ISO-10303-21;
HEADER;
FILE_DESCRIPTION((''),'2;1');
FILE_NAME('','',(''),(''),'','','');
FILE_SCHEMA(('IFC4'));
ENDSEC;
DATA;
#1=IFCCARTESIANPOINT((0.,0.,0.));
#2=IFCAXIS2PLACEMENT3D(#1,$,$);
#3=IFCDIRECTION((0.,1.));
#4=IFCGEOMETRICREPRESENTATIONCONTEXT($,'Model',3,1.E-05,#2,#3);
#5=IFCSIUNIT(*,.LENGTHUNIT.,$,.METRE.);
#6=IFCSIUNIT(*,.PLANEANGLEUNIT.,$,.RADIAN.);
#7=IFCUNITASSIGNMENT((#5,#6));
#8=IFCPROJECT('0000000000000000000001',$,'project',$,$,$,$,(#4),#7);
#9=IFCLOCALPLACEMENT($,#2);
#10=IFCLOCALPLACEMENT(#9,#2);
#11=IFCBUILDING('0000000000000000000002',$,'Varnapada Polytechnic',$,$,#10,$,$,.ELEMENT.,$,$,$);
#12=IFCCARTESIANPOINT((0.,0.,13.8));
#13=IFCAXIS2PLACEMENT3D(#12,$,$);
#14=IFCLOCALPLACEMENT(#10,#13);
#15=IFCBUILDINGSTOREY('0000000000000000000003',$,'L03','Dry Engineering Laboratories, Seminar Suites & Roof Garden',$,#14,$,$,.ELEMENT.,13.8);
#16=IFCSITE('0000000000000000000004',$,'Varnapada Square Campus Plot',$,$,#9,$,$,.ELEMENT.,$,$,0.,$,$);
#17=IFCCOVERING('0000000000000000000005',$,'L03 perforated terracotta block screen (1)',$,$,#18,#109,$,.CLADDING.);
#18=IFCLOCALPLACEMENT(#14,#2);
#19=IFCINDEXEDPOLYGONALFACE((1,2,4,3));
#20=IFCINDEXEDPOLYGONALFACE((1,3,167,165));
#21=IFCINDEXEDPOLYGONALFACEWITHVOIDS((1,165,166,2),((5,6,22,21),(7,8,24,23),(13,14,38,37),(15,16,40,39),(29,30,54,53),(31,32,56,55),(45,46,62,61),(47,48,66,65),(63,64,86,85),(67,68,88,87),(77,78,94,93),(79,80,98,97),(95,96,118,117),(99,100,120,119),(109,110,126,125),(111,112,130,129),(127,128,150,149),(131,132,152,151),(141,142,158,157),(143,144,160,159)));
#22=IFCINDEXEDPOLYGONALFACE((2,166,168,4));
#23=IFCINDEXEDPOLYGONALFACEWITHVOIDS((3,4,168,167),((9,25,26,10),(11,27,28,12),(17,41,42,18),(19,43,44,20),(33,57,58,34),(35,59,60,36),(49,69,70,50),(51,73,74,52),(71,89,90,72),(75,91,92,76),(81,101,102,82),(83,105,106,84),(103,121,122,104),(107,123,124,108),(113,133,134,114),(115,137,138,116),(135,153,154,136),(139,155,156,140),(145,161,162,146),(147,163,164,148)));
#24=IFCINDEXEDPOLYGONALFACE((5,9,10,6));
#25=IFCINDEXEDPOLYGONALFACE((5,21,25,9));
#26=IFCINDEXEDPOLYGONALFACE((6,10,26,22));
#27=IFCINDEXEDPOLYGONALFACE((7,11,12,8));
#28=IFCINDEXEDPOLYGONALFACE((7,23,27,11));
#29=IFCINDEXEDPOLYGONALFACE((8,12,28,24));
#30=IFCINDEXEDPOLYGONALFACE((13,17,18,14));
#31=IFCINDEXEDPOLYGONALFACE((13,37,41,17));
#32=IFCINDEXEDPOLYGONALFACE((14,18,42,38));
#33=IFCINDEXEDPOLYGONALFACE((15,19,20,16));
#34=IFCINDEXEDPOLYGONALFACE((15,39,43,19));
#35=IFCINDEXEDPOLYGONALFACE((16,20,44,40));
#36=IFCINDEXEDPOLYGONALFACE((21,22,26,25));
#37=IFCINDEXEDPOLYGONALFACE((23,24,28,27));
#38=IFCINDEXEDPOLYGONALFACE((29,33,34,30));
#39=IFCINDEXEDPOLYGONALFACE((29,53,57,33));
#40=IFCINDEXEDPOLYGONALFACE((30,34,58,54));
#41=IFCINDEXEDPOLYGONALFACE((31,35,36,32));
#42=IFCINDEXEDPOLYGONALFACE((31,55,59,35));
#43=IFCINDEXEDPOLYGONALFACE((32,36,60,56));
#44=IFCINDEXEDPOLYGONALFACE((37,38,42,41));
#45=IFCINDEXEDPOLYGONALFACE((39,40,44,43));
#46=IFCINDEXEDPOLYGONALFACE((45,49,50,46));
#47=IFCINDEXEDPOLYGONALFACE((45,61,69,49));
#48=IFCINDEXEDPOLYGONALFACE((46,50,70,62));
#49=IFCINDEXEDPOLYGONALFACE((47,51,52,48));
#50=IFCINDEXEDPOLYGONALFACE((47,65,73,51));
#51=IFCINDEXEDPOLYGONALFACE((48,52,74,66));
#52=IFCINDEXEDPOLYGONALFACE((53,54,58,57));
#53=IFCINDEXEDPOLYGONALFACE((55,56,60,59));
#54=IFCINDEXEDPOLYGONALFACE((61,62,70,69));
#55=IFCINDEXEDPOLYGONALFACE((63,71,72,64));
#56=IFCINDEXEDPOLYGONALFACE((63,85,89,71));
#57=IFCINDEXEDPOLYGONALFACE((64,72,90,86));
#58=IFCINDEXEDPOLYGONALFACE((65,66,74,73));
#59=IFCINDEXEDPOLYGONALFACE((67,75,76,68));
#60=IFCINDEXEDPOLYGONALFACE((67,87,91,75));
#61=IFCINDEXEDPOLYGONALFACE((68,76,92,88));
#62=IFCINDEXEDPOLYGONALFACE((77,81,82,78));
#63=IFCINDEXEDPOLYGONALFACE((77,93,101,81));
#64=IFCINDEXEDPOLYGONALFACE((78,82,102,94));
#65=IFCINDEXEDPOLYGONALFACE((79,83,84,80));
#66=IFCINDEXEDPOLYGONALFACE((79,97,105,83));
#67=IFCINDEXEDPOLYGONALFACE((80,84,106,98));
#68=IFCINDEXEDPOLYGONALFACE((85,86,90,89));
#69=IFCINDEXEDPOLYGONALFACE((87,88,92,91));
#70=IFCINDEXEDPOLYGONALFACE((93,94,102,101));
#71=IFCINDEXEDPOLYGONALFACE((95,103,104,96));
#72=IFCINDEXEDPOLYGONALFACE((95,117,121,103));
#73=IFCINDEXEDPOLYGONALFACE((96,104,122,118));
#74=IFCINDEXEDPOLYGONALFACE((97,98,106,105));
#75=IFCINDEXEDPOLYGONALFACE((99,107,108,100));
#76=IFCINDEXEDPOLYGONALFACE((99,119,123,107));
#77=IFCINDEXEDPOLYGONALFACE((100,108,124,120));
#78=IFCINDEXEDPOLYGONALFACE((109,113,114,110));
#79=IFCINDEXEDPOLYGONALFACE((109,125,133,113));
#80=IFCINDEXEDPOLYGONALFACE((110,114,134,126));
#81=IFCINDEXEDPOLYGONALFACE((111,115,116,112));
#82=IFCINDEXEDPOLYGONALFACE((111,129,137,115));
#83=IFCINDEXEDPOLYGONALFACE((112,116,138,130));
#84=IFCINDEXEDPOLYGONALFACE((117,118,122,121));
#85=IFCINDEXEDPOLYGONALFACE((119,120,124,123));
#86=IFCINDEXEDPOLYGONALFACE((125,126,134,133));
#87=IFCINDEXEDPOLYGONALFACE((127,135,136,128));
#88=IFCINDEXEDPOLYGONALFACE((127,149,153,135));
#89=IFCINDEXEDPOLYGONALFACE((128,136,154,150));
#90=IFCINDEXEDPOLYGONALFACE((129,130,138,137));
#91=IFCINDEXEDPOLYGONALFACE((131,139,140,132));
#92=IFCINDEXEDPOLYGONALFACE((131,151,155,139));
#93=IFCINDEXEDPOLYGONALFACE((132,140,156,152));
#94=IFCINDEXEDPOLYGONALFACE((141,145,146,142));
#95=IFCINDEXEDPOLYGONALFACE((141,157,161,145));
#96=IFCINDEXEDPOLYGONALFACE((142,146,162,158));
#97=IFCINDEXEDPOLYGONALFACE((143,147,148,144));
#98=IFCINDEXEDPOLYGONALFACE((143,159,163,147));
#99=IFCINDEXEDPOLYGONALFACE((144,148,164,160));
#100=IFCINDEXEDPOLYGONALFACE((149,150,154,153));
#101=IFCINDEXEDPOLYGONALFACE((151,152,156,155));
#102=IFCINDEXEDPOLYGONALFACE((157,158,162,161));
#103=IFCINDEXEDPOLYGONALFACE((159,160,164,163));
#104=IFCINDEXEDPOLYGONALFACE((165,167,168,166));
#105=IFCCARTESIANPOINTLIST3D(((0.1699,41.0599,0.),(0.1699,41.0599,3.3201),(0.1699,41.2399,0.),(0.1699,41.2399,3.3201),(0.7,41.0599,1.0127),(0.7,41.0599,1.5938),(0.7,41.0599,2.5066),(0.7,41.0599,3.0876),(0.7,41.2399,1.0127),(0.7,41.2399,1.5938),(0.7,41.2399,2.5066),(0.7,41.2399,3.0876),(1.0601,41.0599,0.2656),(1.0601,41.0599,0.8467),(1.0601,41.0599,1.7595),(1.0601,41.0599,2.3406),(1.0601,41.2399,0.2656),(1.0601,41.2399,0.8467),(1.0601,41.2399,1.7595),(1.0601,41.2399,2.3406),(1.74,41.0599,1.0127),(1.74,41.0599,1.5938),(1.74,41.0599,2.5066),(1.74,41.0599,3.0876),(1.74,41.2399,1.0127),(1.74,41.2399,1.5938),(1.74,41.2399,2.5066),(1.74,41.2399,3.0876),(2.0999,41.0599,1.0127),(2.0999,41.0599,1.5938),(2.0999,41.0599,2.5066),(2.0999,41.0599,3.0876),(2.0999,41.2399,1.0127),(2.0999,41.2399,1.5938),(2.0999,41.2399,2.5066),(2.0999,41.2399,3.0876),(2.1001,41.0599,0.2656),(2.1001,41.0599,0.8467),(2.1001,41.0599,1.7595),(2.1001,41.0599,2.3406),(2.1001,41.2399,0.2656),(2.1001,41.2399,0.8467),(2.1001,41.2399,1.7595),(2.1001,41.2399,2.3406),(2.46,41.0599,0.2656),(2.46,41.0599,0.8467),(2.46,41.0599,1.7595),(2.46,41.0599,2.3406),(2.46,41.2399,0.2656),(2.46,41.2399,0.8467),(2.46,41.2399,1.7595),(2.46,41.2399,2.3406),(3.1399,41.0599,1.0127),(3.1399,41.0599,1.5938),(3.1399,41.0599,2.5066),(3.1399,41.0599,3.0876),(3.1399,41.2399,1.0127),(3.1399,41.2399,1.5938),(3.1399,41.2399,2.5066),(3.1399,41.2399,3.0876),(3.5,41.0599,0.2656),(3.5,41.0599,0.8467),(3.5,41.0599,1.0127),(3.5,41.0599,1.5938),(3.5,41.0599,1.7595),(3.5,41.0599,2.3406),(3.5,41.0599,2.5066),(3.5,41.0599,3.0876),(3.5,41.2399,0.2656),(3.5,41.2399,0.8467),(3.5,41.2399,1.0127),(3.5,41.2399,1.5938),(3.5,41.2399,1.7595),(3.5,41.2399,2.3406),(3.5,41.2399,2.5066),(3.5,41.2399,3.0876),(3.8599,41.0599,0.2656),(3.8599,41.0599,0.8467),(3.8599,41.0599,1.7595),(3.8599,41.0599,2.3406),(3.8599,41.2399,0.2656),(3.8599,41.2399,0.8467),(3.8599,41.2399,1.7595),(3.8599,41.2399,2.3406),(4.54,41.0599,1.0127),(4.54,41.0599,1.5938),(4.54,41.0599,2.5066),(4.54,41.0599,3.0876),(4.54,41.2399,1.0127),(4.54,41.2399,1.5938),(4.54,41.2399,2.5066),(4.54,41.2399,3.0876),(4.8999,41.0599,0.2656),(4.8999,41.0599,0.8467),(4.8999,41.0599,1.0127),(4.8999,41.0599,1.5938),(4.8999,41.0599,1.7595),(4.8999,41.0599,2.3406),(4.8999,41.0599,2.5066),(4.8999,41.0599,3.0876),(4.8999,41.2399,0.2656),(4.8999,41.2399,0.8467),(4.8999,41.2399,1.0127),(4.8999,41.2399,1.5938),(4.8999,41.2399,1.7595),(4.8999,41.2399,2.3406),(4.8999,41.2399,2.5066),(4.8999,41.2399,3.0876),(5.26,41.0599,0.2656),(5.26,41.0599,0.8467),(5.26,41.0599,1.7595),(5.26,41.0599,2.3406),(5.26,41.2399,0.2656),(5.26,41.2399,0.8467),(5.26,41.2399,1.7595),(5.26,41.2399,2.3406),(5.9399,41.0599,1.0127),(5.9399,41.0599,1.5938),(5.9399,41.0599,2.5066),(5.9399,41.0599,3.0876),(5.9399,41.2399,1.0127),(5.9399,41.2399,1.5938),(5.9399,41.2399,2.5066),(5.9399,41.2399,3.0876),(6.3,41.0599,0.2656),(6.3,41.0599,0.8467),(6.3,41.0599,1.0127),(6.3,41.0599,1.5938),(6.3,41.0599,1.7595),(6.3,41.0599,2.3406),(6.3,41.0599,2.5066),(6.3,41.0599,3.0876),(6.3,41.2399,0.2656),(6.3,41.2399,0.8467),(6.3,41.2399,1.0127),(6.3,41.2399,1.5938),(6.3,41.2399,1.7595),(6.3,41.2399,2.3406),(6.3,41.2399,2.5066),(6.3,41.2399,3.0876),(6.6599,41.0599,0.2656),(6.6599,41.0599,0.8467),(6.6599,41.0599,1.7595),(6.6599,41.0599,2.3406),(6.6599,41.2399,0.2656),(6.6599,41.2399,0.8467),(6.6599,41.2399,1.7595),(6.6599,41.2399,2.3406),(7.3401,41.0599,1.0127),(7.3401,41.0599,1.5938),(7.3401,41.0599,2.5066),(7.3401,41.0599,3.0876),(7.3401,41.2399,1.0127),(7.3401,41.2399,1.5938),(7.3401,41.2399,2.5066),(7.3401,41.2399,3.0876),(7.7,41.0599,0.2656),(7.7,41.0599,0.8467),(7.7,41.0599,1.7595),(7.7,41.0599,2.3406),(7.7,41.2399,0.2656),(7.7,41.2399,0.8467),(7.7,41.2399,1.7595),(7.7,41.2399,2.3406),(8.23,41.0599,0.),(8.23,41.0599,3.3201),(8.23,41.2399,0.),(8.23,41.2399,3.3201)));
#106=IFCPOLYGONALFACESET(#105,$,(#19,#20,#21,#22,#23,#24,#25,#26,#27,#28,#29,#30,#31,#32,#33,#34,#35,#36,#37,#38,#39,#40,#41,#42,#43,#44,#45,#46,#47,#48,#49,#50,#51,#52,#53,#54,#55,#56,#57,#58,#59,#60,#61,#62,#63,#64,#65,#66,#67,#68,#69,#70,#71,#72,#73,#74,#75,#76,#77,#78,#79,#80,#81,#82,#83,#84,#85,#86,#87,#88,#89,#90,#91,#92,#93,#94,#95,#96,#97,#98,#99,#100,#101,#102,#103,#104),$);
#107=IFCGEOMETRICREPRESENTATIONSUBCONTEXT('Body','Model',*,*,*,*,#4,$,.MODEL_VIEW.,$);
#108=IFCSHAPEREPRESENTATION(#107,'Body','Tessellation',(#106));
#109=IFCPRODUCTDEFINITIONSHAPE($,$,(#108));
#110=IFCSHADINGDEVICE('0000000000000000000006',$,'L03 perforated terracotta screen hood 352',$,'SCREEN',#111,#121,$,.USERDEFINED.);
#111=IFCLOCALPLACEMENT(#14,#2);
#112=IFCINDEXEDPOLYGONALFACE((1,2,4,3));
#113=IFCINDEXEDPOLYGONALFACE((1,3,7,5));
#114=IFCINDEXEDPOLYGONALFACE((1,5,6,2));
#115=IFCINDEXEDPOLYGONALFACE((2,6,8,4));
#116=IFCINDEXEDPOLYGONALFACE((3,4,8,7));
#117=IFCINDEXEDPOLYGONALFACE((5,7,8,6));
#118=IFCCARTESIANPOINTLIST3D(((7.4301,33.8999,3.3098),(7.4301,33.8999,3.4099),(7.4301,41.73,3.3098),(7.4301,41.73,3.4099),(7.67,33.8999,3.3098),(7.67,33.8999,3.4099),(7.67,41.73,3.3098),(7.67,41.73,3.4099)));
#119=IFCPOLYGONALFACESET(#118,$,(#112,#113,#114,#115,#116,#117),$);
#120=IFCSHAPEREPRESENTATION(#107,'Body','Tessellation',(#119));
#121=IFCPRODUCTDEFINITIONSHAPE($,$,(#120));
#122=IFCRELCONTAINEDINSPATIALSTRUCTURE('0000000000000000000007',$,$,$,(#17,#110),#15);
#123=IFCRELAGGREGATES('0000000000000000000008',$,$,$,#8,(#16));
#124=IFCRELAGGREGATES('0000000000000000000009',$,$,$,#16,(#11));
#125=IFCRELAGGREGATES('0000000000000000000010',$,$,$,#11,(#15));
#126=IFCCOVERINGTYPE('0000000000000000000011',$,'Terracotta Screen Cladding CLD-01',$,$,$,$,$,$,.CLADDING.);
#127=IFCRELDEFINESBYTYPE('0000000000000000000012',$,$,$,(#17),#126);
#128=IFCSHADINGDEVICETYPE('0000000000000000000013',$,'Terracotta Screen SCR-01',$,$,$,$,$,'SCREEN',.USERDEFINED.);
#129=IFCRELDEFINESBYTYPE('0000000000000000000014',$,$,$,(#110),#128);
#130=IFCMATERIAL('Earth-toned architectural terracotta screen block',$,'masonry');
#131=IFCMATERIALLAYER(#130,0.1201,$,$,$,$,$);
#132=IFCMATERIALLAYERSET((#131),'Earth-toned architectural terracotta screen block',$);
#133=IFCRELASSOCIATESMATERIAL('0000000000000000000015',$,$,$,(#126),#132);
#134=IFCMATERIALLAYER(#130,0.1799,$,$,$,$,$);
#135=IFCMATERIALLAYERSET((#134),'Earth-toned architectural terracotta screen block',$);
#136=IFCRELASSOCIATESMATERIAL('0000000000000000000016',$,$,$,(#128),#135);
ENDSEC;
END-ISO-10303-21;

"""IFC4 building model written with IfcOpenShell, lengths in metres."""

from ifc_helpers import new_model, si_unit, direction, frame, frame_2d, origin, origin_2d, place, context, subcontext, project, spatial, rectangle, extrude, material, layer, layer_set, type_object, element, save


model = new_model("IFC4")

# Units and contexts
model_context = context("Model", 3, precision=1e-05, world=origin(), true_north=direction((0.0, 1.0)))
body_context = subcontext(model_context, "Body", "Model", "MODEL_VIEW")
ifc_project = project(units=[si_unit("LENGTHUNIT", "METRE"), si_unit("PLANEANGLEUNIT", "RADIAN")], contexts=[model_context])

# Site, building, storey
site_placement = place(None, origin())
site = spatial("IfcSite", under=ifc_project, at=site_placement, Name="Varnapada Square Campus Plot", CompositionType="ELEMENT", RefElevation=0.0)
building_placement = place(site_placement, origin())
building = spatial("IfcBuilding", under=site, at=building_placement, Name="Varnapada Polytechnic", CompositionType="ELEMENT")
storey_placement = place(building_placement, frame((0.0, 0.0, 13.8)))
storey = spatial("IfcBuildingStorey", under=building, at=storey_placement, Name="L03", Description="Dry Engineering Laboratories, Seminar Suites & Roof Garden", CompositionType="ELEMENT", Elevation=13.8)

# Covering, openings
ifc_material_1 = material(Name="Earth-toned architectural terracotta screen block", Category="masonry")
ifc_layer_1 = layer(ifc_material_1, 0.1201)
ifc_layer_set_1 = layer_set([ifc_layer_1], Name="Earth-toned architectural terracotta screen block")
covering_type_1 = type_object("IfcCoveringType", Name="Terracotta Screen Cladding CLD-01", PredefinedType="CLADDING", material=ifc_layer_set_1)
covering_1_placement = place(storey_placement, frame((8.23, 41.1499, 0.0), z_axis=(0.0, 0.0, 1.0), x_axis=(-1.0, 0.0, 0.0)))
covering_1 = element("IfcCovering", 1, at=covering_1_placement, inside=storey, type_object=covering_type_1, Name="L03 perforated terracotta block screen (1)", PredefinedType="CLADDING", context=body_context, shape_type="SweptSolid", body=[
    extrude(rectangle(XDim=8.0601, YDim=0.1799, at=frame_2d((4.03, 0.0))), origin(), (0.0, 0.0, 1.0), 3.3201),
])
opening_1_placement = place(covering_1_placement, frame((0.53, 0.0, 0.2656)))
element("IfcOpeningElement", 2, at=opening_1_placement, cuts=covering_1, PredefinedType="OPENING", context=body_context, shape_type="SweptSolid", body=[
    extrude(rectangle(XDim=1.04, YDim=0.5811, at=frame_2d((0.52, 0.2905))), frame((0.0, 0.0999, 0.0), z_axis=(0.0, -1.0, 0.0), x_axis=(1.0, 0.0, 0.0)), (0.0, 0.0, 1.0), 0.2),
])
opening_2_placement = place(covering_1_placement, frame((1.9299, 0.0, 0.2656)))
element("IfcOpeningElement", 3, at=opening_2_placement, cuts=covering_1, PredefinedType="OPENING", context=body_context, shape_type="SweptSolid", body=[
    extrude(rectangle(XDim=1.04, YDim=0.5811, at=frame_2d((0.52, 0.2905))), frame((0.0, 0.0999, 0.0), z_axis=(0.0, -1.0, 0.0), x_axis=(1.0, 0.0, 0.0)), (0.0, 0.0, 1.0), 0.2),
])
opening_3_placement = place(covering_1_placement, frame((3.3301, 0.0, 0.2656)))
element("IfcOpeningElement", 4, at=opening_3_placement, cuts=covering_1, PredefinedType="OPENING", context=body_context, shape_type="SweptSolid", body=[
    extrude(rectangle(XDim=1.04, YDim=0.5811, at=frame_2d((0.52, 0.2905))), frame((0.0, 0.0999, 0.0), z_axis=(0.0, -1.0, 0.0), x_axis=(1.0, 0.0, 0.0)), (0.0, 0.0, 1.0), 0.2),
])
opening_4_placement = place(covering_1_placement, frame((4.73, 0.0, 0.2656)))
element("IfcOpeningElement", 5, at=opening_4_placement, cuts=covering_1, PredefinedType="OPENING", context=body_context, shape_type="SweptSolid", body=[
    extrude(rectangle(XDim=1.04, YDim=0.5811, at=frame_2d((0.52, 0.2905))), frame((0.0, 0.0999, 0.0), z_axis=(0.0, -1.0, 0.0), x_axis=(1.0, 0.0, 0.0)), (0.0, 0.0, 1.0), 0.2),
])
opening_5_placement = place(covering_1_placement, frame((6.1299, 0.0, 0.2656)))
element("IfcOpeningElement", 6, at=opening_5_placement, cuts=covering_1, PredefinedType="OPENING", context=body_context, shape_type="SweptSolid", body=[
    extrude(rectangle(XDim=1.04, YDim=0.5811, at=frame_2d((0.52, 0.2905))), frame((0.0, 0.0999, 0.0), z_axis=(0.0, -1.0, 0.0), x_axis=(1.0, 0.0, 0.0)), (0.0, 0.0, 1.0), 0.2),
])
opening_6_placement = place(covering_1_placement, frame((0.8899, 0.0, 1.0127)))
element("IfcOpeningElement", 7, at=opening_6_placement, cuts=covering_1, PredefinedType="OPENING", context=body_context, shape_type="SweptSolid", body=[
    extrude(rectangle(XDim=1.04, YDim=0.5811, at=frame_2d((0.52, 0.2905))), frame((0.0, 0.0999, 0.0), z_axis=(0.0, -1.0, 0.0), x_axis=(1.0, 0.0, 0.0)), (0.0, 0.0, 1.0), 0.2),
])
opening_7_placement = place(covering_1_placement, frame((2.29, 0.0, 1.0127)))
element("IfcOpeningElement", 8, at=opening_7_placement, cuts=covering_1, PredefinedType="OPENING", context=body_context, shape_type="SweptSolid", body=[
    extrude(rectangle(XDim=1.04, YDim=0.5811, at=frame_2d((0.52, 0.2905))), frame((0.0, 0.0999, 0.0), z_axis=(0.0, -1.0, 0.0), x_axis=(1.0, 0.0, 0.0)), (0.0, 0.0, 1.0), 0.2),
])
opening_8_placement = place(covering_1_placement, frame((3.6899, 0.0, 1.0127)))
element("IfcOpeningElement", 9, at=opening_8_placement, cuts=covering_1, PredefinedType="OPENING", context=body_context, shape_type="SweptSolid", body=[
    extrude(rectangle(XDim=1.04, YDim=0.5811, at=frame_2d((0.52, 0.2905))), frame((0.0, 0.0999, 0.0), z_axis=(0.0, -1.0, 0.0), x_axis=(1.0, 0.0, 0.0)), (0.0, 0.0, 1.0), 0.2),
])
opening_9_placement = place(covering_1_placement, frame((5.0901, 0.0, 1.0127)))
element("IfcOpeningElement", 10, at=opening_9_placement, cuts=covering_1, PredefinedType="OPENING", context=body_context, shape_type="SweptSolid", body=[
    extrude(rectangle(XDim=1.04, YDim=0.5811, at=frame_2d((0.52, 0.2905))), frame((0.0, 0.0999, 0.0), z_axis=(0.0, -1.0, 0.0), x_axis=(1.0, 0.0, 0.0)), (0.0, 0.0, 1.0), 0.2),
])
opening_10_placement = place(covering_1_placement, frame((6.49, 0.0, 1.0127)))
element("IfcOpeningElement", 11, at=opening_10_placement, cuts=covering_1, PredefinedType="OPENING", context=body_context, shape_type="SweptSolid", body=[
    extrude(rectangle(XDim=1.04, YDim=0.5811, at=frame_2d((0.52, 0.2905))), frame((0.0, 0.0999, 0.0), z_axis=(0.0, -1.0, 0.0), x_axis=(1.0, 0.0, 0.0)), (0.0, 0.0, 1.0), 0.2),
])
opening_11_placement = place(covering_1_placement, frame((0.53, 0.0, 1.7595)))
element("IfcOpeningElement", 12, at=opening_11_placement, cuts=covering_1, PredefinedType="OPENING", context=body_context, shape_type="SweptSolid", body=[
    extrude(rectangle(XDim=1.04, YDim=0.5811, at=frame_2d((0.52, 0.2905))), frame((0.0, 0.0999, 0.0), z_axis=(0.0, -1.0, 0.0), x_axis=(1.0, 0.0, 0.0)), (0.0, 0.0, 1.0), 0.2),
])
opening_12_placement = place(covering_1_placement, frame((1.9299, 0.0, 1.7595)))
element("IfcOpeningElement", 13, at=opening_12_placement, cuts=covering_1, PredefinedType="OPENING", context=body_context, shape_type="SweptSolid", body=[
    extrude(rectangle(XDim=1.04, YDim=0.5811, at=frame_2d((0.52, 0.2905))), frame((0.0, 0.0999, 0.0), z_axis=(0.0, -1.0, 0.0), x_axis=(1.0, 0.0, 0.0)), (0.0, 0.0, 1.0), 0.2),
])
opening_13_placement = place(covering_1_placement, frame((3.3301, 0.0, 1.7595)))
element("IfcOpeningElement", 14, at=opening_13_placement, cuts=covering_1, PredefinedType="OPENING", context=body_context, shape_type="SweptSolid", body=[
    extrude(rectangle(XDim=1.04, YDim=0.5811, at=frame_2d((0.52, 0.2905))), frame((0.0, 0.0999, 0.0), z_axis=(0.0, -1.0, 0.0), x_axis=(1.0, 0.0, 0.0)), (0.0, 0.0, 1.0), 0.2),
])
opening_14_placement = place(covering_1_placement, frame((4.73, 0.0, 1.7595)))
element("IfcOpeningElement", 15, at=opening_14_placement, cuts=covering_1, PredefinedType="OPENING", context=body_context, shape_type="SweptSolid", body=[
    extrude(rectangle(XDim=1.04, YDim=0.5811, at=frame_2d((0.52, 0.2905))), frame((0.0, 0.0999, 0.0), z_axis=(0.0, -1.0, 0.0), x_axis=(1.0, 0.0, 0.0)), (0.0, 0.0, 1.0), 0.2),
])
opening_15_placement = place(covering_1_placement, frame((6.1299, 0.0, 1.7595)))
element("IfcOpeningElement", 16, at=opening_15_placement, cuts=covering_1, PredefinedType="OPENING", context=body_context, shape_type="SweptSolid", body=[
    extrude(rectangle(XDim=1.04, YDim=0.5811, at=frame_2d((0.52, 0.2905))), frame((0.0, 0.0999, 0.0), z_axis=(0.0, -1.0, 0.0), x_axis=(1.0, 0.0, 0.0)), (0.0, 0.0, 1.0), 0.2),
])
opening_16_placement = place(covering_1_placement, frame((0.8899, 0.0, 2.5066)))
element("IfcOpeningElement", 17, at=opening_16_placement, cuts=covering_1, PredefinedType="OPENING", context=body_context, shape_type="SweptSolid", body=[
    extrude(rectangle(XDim=1.04, YDim=0.5811, at=frame_2d((0.52, 0.2905))), frame((0.0, 0.0999, 0.0), z_axis=(0.0, -1.0, 0.0), x_axis=(1.0, 0.0, 0.0)), (0.0, 0.0, 1.0), 0.2),
])
opening_17_placement = place(covering_1_placement, frame((2.29, 0.0, 2.5066)))
element("IfcOpeningElement", 18, at=opening_17_placement, cuts=covering_1, PredefinedType="OPENING", context=body_context, shape_type="SweptSolid", body=[
    extrude(rectangle(XDim=1.04, YDim=0.5811, at=frame_2d((0.52, 0.2905))), frame((0.0, 0.0999, 0.0), z_axis=(0.0, -1.0, 0.0), x_axis=(1.0, 0.0, 0.0)), (0.0, 0.0, 1.0), 0.2),
])
opening_18_placement = place(covering_1_placement, frame((3.6899, 0.0, 2.5066)))
element("IfcOpeningElement", 19, at=opening_18_placement, cuts=covering_1, PredefinedType="OPENING", context=body_context, shape_type="SweptSolid", body=[
    extrude(rectangle(XDim=1.04, YDim=0.5811, at=frame_2d((0.52, 0.2905))), frame((0.0, 0.0999, 0.0), z_axis=(0.0, -1.0, 0.0), x_axis=(1.0, 0.0, 0.0)), (0.0, 0.0, 1.0), 0.2),
])
opening_19_placement = place(covering_1_placement, frame((5.0901, 0.0, 2.5066)))
element("IfcOpeningElement", 20, at=opening_19_placement, cuts=covering_1, PredefinedType="OPENING", context=body_context, shape_type="SweptSolid", body=[
    extrude(rectangle(XDim=1.04, YDim=0.5811, at=frame_2d((0.52, 0.2905))), frame((0.0, 0.0999, 0.0), z_axis=(0.0, -1.0, 0.0), x_axis=(1.0, 0.0, 0.0)), (0.0, 0.0, 1.0), 0.2),
])
opening_20_placement = place(covering_1_placement, frame((6.49, 0.0, 2.5066)))
element("IfcOpeningElement", 21, at=opening_20_placement, cuts=covering_1, PredefinedType="OPENING", context=body_context, shape_type="SweptSolid", body=[
    extrude(rectangle(XDim=1.04, YDim=0.5811, at=frame_2d((0.52, 0.2905))), frame((0.0, 0.0999, 0.0), z_axis=(0.0, -1.0, 0.0), x_axis=(1.0, 0.0, 0.0)), (0.0, 0.0, 1.0), 0.2),
])

# Shading device
ifc_layer_2 = layer(ifc_material_1, 0.1799)
ifc_layer_set_2 = layer_set([ifc_layer_2], Name="Earth-toned architectural terracotta screen block")
shading_device_type = type_object("IfcShadingDeviceType", Name="Terracotta Screen SCR-01", ElementType="SCREEN", PredefinedType="USERDEFINED", material=ifc_layer_set_2)
shading_device_placement = place(storey_placement, frame((7.55, 37.8149, 3.3098), z_axis=(0.0, 0.0, 1.0), x_axis=(0.0, 1.0, 0.0)))
element("IfcShadingDevice", 22, at=shading_device_placement, inside=storey, type_object=shading_device_type, Name="L03 perforated terracotta screen hood 352", ObjectType="SCREEN", PredefinedType="USERDEFINED", context=body_context, shape_type="SweptSolid", body=[
    extrude(rectangle(XDim=7.8301, YDim=0.24, at=origin_2d()), origin(), (0.0, 0.0, 1.0), 0.1001),
])

save(model, "model.ifc")
